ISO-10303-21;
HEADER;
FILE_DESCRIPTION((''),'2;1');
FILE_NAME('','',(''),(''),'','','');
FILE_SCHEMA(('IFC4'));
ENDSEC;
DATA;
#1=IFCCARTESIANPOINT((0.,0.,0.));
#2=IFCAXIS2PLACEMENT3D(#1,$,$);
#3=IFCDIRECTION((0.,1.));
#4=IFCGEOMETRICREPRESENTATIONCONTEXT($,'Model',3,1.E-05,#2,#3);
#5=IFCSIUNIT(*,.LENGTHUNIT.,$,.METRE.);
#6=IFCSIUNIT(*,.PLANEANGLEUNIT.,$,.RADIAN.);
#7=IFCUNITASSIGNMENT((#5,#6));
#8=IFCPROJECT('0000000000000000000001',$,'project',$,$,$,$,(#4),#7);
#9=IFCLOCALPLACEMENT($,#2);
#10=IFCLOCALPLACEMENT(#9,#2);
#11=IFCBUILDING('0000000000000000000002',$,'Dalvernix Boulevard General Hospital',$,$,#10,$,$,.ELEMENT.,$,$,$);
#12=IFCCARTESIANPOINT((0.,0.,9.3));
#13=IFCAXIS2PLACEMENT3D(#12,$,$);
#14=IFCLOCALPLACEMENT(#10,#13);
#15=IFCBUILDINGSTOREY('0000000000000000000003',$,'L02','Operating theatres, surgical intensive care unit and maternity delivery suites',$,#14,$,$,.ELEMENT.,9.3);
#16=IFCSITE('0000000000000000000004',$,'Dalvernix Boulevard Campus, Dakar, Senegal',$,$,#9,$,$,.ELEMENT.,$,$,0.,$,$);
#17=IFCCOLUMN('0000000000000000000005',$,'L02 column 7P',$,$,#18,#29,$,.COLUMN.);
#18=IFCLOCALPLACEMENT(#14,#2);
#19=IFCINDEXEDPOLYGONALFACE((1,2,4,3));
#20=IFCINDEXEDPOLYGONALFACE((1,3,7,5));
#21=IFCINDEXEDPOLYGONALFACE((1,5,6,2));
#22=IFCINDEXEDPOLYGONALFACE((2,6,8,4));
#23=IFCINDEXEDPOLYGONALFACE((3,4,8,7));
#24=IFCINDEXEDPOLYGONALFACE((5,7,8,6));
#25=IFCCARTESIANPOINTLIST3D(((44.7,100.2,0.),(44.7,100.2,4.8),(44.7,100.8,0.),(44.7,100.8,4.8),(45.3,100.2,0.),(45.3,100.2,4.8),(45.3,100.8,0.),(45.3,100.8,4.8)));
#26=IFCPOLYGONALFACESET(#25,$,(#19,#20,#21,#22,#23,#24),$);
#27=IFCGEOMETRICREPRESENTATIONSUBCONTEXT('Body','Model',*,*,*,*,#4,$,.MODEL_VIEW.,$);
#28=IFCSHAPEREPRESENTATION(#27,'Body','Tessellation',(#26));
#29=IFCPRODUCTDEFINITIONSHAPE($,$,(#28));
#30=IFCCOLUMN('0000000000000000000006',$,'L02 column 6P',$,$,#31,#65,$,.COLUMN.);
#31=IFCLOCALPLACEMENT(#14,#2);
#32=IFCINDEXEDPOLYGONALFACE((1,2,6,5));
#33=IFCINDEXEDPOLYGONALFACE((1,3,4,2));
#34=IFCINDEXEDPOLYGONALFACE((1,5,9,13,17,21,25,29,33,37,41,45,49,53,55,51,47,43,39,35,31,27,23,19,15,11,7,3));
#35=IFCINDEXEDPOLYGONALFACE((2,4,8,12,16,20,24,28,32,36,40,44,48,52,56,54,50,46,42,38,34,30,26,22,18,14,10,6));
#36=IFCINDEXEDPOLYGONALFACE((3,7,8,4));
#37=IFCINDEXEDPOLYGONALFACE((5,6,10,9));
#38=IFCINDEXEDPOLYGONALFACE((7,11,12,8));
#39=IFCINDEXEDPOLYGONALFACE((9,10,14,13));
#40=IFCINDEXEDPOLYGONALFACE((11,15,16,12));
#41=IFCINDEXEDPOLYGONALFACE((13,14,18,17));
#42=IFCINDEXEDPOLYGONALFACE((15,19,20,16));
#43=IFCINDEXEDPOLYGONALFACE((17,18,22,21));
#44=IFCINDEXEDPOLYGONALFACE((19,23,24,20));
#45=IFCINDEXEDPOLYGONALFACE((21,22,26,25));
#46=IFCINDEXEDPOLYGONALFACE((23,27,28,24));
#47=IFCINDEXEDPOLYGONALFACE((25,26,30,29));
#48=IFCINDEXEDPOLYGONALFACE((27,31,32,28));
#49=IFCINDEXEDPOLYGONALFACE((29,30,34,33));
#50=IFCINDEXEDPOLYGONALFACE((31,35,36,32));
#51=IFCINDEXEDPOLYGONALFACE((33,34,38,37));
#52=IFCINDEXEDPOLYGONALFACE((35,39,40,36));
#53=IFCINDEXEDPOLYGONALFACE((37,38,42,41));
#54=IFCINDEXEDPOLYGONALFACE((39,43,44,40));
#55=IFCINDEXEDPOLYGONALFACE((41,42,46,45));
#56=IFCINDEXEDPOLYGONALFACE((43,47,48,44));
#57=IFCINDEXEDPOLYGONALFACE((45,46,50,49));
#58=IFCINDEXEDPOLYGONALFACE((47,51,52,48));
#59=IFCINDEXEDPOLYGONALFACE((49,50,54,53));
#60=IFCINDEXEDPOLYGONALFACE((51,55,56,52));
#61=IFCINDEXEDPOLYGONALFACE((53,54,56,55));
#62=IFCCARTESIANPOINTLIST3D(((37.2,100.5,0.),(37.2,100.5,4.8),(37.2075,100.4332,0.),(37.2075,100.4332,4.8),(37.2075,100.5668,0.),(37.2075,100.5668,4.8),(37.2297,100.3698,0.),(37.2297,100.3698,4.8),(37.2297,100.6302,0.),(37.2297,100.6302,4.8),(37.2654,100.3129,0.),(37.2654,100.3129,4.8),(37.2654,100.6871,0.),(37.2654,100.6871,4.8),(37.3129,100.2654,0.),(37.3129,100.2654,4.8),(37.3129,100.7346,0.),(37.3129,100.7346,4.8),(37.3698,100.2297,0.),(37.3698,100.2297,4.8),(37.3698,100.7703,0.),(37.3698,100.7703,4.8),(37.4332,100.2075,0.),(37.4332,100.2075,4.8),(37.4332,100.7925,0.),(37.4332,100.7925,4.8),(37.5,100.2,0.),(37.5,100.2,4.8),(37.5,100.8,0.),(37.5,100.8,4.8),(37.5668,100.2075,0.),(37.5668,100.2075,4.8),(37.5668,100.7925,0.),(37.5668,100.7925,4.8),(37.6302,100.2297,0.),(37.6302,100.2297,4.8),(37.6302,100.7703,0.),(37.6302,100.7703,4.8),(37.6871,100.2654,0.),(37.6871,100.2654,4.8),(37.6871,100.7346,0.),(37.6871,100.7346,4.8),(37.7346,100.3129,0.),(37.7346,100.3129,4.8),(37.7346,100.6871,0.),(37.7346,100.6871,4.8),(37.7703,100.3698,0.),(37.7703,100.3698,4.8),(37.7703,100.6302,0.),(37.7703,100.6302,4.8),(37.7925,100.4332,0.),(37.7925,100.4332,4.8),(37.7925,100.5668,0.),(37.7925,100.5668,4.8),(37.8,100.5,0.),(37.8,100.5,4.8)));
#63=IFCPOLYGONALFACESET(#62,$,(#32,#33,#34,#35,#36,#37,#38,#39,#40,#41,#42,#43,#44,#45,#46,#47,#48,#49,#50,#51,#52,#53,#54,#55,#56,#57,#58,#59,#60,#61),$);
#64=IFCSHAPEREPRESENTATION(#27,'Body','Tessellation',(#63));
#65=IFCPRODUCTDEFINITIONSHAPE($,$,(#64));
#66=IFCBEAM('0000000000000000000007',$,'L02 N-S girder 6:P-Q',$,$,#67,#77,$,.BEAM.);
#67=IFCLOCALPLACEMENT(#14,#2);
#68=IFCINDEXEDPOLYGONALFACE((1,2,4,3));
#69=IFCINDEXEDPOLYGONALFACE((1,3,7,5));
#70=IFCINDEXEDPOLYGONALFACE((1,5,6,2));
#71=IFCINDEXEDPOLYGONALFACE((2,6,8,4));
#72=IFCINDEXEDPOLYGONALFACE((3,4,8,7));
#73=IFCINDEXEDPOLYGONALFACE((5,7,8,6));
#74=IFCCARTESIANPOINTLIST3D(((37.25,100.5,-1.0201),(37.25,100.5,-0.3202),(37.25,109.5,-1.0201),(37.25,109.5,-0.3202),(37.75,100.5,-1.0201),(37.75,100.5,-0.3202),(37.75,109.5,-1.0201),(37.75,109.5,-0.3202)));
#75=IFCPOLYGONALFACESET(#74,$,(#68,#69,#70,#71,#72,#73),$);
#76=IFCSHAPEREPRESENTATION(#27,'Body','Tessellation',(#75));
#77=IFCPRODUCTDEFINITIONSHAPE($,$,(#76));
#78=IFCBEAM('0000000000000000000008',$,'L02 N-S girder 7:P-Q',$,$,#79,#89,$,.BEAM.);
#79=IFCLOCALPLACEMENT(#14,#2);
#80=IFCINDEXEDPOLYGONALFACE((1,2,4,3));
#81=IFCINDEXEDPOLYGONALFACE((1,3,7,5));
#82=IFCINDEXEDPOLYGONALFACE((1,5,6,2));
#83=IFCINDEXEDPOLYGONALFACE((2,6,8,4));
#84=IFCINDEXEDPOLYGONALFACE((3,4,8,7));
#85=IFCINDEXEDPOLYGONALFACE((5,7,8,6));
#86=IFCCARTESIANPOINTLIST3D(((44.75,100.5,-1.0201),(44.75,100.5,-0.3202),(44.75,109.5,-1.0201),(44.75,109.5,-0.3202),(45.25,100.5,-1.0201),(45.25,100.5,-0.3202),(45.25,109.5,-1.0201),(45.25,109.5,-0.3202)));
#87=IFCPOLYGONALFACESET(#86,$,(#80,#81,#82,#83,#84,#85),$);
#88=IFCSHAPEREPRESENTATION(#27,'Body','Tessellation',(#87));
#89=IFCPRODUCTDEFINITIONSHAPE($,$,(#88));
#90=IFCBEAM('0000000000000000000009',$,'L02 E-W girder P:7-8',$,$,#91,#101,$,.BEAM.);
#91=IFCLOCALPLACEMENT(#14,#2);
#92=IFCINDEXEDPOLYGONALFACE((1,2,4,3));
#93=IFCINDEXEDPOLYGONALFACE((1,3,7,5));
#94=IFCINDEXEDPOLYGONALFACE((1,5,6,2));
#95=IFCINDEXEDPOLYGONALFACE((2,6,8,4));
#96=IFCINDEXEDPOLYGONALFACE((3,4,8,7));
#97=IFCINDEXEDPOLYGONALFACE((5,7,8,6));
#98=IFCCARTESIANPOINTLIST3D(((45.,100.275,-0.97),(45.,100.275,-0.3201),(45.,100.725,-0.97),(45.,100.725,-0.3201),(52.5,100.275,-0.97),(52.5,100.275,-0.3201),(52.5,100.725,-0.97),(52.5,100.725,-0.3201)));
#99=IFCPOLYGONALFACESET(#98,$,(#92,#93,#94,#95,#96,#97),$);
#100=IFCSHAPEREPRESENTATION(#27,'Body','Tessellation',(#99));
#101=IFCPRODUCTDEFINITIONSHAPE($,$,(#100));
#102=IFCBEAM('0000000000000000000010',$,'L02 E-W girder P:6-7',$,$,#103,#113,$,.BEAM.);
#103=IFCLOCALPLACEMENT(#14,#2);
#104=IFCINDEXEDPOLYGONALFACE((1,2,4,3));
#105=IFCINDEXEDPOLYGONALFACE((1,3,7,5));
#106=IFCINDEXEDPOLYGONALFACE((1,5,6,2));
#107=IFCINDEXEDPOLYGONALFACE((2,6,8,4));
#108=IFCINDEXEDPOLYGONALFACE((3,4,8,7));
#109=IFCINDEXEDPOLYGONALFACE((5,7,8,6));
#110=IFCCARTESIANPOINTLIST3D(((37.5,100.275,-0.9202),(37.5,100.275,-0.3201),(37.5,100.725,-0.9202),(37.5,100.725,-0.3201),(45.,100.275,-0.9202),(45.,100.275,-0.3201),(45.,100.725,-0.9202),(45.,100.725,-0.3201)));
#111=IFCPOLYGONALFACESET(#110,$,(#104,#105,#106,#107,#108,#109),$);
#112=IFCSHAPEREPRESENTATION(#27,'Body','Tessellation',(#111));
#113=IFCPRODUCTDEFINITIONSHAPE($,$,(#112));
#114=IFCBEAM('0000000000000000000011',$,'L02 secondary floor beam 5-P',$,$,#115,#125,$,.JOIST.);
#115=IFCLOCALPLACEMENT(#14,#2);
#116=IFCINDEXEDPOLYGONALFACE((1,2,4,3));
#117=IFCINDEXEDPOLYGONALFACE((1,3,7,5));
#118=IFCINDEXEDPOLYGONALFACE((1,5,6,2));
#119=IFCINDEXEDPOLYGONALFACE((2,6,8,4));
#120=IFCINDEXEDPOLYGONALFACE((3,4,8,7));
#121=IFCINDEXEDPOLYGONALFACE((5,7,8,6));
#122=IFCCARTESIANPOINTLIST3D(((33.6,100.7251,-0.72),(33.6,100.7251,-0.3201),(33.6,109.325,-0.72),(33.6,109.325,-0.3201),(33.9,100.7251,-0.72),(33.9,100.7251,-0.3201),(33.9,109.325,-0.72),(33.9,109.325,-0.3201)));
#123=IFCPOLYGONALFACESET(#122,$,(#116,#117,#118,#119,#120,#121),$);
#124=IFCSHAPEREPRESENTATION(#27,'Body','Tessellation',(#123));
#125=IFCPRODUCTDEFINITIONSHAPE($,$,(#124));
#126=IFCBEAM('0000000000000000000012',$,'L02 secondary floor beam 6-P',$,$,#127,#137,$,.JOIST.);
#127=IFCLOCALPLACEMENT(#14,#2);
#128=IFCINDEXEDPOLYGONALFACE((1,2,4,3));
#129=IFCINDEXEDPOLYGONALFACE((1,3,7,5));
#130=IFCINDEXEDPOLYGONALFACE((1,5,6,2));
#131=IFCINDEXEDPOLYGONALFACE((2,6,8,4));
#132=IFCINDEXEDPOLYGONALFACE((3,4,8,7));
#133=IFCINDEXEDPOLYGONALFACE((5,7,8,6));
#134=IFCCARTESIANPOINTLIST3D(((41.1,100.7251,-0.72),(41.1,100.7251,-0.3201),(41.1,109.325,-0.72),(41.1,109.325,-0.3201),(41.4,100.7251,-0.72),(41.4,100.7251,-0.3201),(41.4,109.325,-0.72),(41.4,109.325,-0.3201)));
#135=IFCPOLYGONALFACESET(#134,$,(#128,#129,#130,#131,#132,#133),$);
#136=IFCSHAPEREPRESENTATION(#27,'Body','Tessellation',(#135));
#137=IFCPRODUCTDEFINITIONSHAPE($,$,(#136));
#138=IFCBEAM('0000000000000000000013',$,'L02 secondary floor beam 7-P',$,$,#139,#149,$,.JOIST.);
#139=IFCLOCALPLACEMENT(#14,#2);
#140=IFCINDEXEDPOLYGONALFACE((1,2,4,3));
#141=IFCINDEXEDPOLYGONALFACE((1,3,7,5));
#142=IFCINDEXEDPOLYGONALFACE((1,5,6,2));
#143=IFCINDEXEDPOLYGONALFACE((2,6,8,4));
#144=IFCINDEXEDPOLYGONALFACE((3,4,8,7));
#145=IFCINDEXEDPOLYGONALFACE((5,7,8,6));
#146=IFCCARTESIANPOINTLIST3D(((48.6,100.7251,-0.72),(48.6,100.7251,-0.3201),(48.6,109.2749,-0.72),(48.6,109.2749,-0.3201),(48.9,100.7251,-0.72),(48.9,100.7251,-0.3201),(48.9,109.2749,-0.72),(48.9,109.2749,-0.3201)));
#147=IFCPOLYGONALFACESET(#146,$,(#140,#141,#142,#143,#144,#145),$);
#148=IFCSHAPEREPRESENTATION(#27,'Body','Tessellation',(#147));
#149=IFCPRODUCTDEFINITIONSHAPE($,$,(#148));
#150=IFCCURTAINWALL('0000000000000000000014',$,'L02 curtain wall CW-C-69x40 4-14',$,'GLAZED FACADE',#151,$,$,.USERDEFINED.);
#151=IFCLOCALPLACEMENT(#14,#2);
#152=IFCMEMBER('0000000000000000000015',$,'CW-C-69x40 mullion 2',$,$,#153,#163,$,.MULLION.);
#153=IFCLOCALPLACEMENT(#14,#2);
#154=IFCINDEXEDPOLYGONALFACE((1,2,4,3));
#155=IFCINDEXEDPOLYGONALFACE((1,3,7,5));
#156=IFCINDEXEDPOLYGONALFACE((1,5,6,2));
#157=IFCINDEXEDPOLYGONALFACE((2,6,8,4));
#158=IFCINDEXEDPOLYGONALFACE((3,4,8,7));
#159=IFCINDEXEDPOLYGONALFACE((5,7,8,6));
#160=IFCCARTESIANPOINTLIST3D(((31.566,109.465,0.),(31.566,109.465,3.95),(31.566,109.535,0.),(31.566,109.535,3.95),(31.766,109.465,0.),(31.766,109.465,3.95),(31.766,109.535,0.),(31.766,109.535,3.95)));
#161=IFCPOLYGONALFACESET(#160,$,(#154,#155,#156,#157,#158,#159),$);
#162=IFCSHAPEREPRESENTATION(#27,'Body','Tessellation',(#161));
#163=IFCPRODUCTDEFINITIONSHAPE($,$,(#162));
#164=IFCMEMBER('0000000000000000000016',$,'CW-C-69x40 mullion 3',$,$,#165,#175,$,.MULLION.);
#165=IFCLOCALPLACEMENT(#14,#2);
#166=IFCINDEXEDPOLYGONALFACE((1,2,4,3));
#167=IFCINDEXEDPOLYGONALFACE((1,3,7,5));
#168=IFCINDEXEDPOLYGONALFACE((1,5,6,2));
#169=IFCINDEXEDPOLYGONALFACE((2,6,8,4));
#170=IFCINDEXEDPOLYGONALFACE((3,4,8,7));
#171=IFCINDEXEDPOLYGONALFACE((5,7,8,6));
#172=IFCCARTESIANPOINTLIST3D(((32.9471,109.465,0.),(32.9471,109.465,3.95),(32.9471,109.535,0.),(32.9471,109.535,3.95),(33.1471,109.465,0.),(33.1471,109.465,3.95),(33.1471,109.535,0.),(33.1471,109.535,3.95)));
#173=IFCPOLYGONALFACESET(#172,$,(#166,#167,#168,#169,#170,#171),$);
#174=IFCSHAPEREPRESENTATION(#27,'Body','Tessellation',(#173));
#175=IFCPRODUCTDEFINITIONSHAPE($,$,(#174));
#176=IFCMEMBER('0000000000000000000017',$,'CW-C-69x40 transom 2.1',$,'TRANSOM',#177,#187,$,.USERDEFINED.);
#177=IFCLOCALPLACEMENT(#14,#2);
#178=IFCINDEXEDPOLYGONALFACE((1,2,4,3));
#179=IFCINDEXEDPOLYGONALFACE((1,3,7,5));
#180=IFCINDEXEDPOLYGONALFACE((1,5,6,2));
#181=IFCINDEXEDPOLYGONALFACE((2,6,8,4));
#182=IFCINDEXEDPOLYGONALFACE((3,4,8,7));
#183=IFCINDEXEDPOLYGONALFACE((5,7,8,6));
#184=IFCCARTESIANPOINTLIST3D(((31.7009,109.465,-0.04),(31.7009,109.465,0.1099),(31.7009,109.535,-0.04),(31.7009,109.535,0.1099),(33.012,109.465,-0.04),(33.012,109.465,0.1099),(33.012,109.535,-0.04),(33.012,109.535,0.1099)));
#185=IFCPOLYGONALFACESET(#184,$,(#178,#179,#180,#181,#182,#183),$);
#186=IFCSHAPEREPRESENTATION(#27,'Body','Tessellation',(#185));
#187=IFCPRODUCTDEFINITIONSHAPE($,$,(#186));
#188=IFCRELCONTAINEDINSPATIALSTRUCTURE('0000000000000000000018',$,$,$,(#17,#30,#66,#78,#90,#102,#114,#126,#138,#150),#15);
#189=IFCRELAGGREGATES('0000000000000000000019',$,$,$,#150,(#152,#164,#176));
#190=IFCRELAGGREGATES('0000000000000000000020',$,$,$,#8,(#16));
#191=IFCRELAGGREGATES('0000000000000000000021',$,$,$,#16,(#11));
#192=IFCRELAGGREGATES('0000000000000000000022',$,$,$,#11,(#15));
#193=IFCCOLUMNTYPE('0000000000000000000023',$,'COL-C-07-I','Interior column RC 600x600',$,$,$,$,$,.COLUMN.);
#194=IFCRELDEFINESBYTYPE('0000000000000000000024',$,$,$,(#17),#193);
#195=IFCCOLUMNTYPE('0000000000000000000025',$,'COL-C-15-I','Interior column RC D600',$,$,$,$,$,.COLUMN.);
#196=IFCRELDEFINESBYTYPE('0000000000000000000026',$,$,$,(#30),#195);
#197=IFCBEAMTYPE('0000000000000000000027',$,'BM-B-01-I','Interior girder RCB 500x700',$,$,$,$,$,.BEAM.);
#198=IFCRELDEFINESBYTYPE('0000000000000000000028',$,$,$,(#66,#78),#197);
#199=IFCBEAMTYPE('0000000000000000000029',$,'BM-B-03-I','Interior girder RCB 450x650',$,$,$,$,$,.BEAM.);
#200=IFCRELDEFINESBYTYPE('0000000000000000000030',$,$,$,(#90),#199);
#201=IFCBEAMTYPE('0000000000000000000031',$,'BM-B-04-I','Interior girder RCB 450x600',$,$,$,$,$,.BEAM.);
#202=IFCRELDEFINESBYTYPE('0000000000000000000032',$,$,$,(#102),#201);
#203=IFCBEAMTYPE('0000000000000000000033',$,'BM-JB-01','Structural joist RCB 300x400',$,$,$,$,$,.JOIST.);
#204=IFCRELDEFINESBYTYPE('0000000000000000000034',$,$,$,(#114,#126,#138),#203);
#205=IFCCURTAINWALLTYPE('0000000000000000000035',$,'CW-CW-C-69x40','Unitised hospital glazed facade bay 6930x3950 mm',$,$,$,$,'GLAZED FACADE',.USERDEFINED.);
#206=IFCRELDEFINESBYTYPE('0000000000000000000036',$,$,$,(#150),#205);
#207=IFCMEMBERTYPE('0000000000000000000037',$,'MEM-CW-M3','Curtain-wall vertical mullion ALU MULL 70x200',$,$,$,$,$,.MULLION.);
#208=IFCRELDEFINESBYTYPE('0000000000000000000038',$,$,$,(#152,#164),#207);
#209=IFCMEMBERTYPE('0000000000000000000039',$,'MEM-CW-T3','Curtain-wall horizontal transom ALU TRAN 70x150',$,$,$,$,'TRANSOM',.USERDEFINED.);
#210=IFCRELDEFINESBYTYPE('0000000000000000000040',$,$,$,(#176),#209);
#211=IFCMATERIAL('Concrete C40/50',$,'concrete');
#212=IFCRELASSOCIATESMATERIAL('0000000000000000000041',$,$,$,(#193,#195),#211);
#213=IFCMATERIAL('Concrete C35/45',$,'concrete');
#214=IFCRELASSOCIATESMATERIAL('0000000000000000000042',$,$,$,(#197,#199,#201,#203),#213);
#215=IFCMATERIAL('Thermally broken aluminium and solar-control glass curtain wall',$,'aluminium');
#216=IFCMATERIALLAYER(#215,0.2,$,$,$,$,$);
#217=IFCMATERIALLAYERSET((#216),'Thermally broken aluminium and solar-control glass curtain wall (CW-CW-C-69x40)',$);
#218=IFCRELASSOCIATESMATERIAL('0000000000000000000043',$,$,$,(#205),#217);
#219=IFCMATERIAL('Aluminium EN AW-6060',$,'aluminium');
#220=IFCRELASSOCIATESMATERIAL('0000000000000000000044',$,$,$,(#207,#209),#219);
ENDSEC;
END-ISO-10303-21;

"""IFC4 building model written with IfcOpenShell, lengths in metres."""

from ifc_helpers import new_model, si_unit, direction, frame, origin, origin_2d, place, context, subcontext, project, spatial, rectangle, circle, extrude, material, layer, layer_set, material_profile, profile_set, type_object, element, aggregate, save


model = new_model("IFC4")

# Units and contexts
model_context = context("Model", 3, precision=1e-05, world=origin(), true_north=direction((0.0, 1.0)))
body_context = subcontext(model_context, "Body", "Model", "MODEL_VIEW")
ifc_project = project(units=[si_unit("LENGTHUNIT", "METRE"), si_unit("PLANEANGLEUNIT", "RADIAN")], contexts=[model_context])

# Site, building, storey
site_placement = place(None, origin())
site = spatial("IfcSite", under=ifc_project, at=site_placement, Name="Dalvernix Boulevard Campus, Dakar, Senegal", CompositionType="ELEMENT", RefElevation=0.0)
building_placement = place(site_placement, origin())
building = spatial("IfcBuilding", under=site, at=building_placement, Name="Dalvernix Boulevard General Hospital", CompositionType="ELEMENT")
storey_placement = place(building_placement, frame((0.0, 0.0, 9.3)))
storey = spatial("IfcBuildingStorey", under=building, at=storey_placement, Name="L02", Description="Operating theatres, surgical intensive care unit and maternity delivery suites", CompositionType="ELEMENT", Elevation=9.3)

# Columns
ifc_material_1 = material(Name="Concrete C40/50", Category="concrete")
ifc_material_profile_1 = material_profile(ifc_material_1, rectangle(XDim=0.6001, YDim=0.6001, at=origin_2d()), Name="RC 600x600")
ifc_profile_set_1 = profile_set([ifc_material_profile_1], Name="Concrete C40/50")
column_type_1 = type_object("IfcColumnType", Name="COL-C-07-I", Description="Interior column RC 600x600", PredefinedType="COLUMN", material=ifc_profile_set_1)
column_1_placement = place(storey_placement, frame((45.0, 100.5, 0.0), z_axis=(0.0, 0.0, 1.0), x_axis=(1.0, 0.0, 0.0)))
element("IfcColumn", 1, at=column_1_placement, inside=storey, type_object=column_type_1, Name="L02 column 7P", PredefinedType="COLUMN", context=body_context, shape_type="SweptSolid", body=[
    extrude(rectangle(XDim=0.6001, YDim=0.6001, at=origin_2d()), origin(), (0.0, 0.0, 1.0), 4.8),
])
ifc_material_profile_2 = material_profile(ifc_material_1, circle(Radius=0.3, at=origin_2d()), Name="RC D600")
ifc_profile_set_2 = profile_set([ifc_material_profile_2], Name="Concrete C40/50")
column_type_2 = type_object("IfcColumnType", Name="COL-C-15-I", Description="Interior column RC D600", PredefinedType="COLUMN", material=ifc_profile_set_2)
column_2_placement = place(storey_placement, frame((37.5, 100.5, 0.0), z_axis=(0.0, 0.0, 1.0), x_axis=(1.0, 0.0, 0.0)))
element("IfcColumn", 2, at=column_2_placement, inside=storey, type_object=column_type_2, Name="L02 column 6P", PredefinedType="COLUMN", context=body_context, shape_type="SweptSolid", body=[
    extrude(circle(Radius=0.3, at=origin_2d()), origin(), (0.0, 0.0, 1.0), 4.8),
])

# Beams
ifc_material_2 = material(Name="Concrete C35/45", Category="concrete")
ifc_material_profile_3 = material_profile(ifc_material_2, rectangle(XDim=0.5, YDim=0.7, at=origin_2d()), Name="RCB 500x700")
ifc_profile_set_3 = profile_set([ifc_material_profile_3], Name="Concrete C35/45")
beam_type_1 = type_object("IfcBeamType", Name="BM-B-01-I", Description="Interior girder RCB 500x700", PredefinedType="BEAM", material=ifc_profile_set_3)
for number, where, z_axis, x_axis, name in (
    (3, (37.5, 100.5, -0.6702), (0.0, 1.0, 0.0), (-1.0, 0.0, 0.0), "L02 N-S girder 6:P-Q"),
    (4, (45.0, 100.5, -0.6702), (0.0, 1.0, 0.0), (-1.0, 0.0, 0.0), "L02 N-S girder 7:P-Q"),
):
    element("IfcBeam", number, at=place(storey_placement, frame(where, z_axis=z_axis, x_axis=x_axis)), inside=storey, type_object=beam_type_1, Name=name, PredefinedType="BEAM", context=body_context, shape_type="SweptSolid", body=[
        extrude(rectangle(XDim=0.5, YDim=0.7, at=origin_2d()), origin(), (0.0, 0.0, 1.0), 9.0),
    ])
ifc_material_profile_4 = material_profile(ifc_material_2, rectangle(XDim=0.45, YDim=0.6499, at=origin_2d()), Name="RCB 450x650")
ifc_profile_set_4 = profile_set([ifc_material_profile_4], Name="Concrete C35/45")
beam_type_2 = type_object("IfcBeamType", Name="BM-B-03-I", Description="Interior girder RCB 450x650", PredefinedType="BEAM", material=ifc_profile_set_4)
beam_1_placement = place(storey_placement, frame((45.0, 100.5, -0.645), z_axis=(1.0, 0.0, 0.0), x_axis=(0.0, 1.0, 0.0)))
element("IfcBeam", 5, at=beam_1_placement, inside=storey, type_object=beam_type_2, Name="L02 E-W girder P:7-8", PredefinedType="BEAM", context=body_context, shape_type="SweptSolid", body=[
    extrude(rectangle(XDim=0.45, YDim=0.6499, at=origin_2d()), origin(), (0.0, 0.0, 1.0), 7.5),
])
ifc_material_profile_5 = material_profile(ifc_material_2, rectangle(XDim=0.45, YDim=0.6001, at=origin_2d()), Name="RCB 450x600")
ifc_profile_set_5 = profile_set([ifc_material_profile_5], Name="Concrete C35/45")
beam_type_3 = type_object("IfcBeamType", Name="BM-B-04-I", Description="Interior girder RCB 450x600", PredefinedType="BEAM", material=ifc_profile_set_5)
beam_2_placement = place(storey_placement, frame((37.5, 100.5, -0.6201), z_axis=(1.0, 0.0, 0.0), x_axis=(0.0, 1.0, 0.0)))
element("IfcBeam", 6, at=beam_2_placement, inside=storey, type_object=beam_type_3, Name="L02 E-W girder P:6-7", PredefinedType="BEAM", context=body_context, shape_type="SweptSolid", body=[
    extrude(rectangle(XDim=0.45, YDim=0.6001, at=origin_2d()), origin(), (0.0, 0.0, 1.0), 7.5),
])
ifc_material_profile_6 = material_profile(ifc_material_2, rectangle(XDim=0.3, YDim=0.3999, at=origin_2d()), Name="RCB 300x400")
ifc_profile_set_6 = profile_set([ifc_material_profile_6], Name="Concrete C35/45")
beam_type_4 = type_object("IfcBeamType", Name="BM-JB-01", Description="Structural joist RCB 300x400", PredefinedType="JOIST", material=ifc_profile_set_6)
for number, where, z_axis, x_axis, name in (
    (7, (33.75, 100.7251, -0.52), (0.0, 1.0, 0.0), (-1.0, 0.0, 0.0), "L02 secondary floor beam 5-P"),
    (8, (41.25, 100.7251, -0.52), (0.0, 1.0, 0.0), (-1.0, 0.0, 0.0), "L02 secondary floor beam 6-P"),
):
    element("IfcBeam", number, at=place(storey_placement, frame(where, z_axis=z_axis, x_axis=x_axis)), inside=storey, type_object=beam_type_4, Name=name, PredefinedType="JOIST", context=body_context, shape_type="SweptSolid", body=[
        extrude(rectangle(XDim=0.3, YDim=0.3999, at=origin_2d()), origin(), (0.0, 0.0, 1.0), 8.5999),
    ])
beam_3_placement = place(storey_placement, frame((48.75, 100.7251, -0.52), z_axis=(0.0, 1.0, 0.0), x_axis=(-1.0, 0.0, 0.0)))
element("IfcBeam", 9, at=beam_3_placement, inside=storey, type_object=beam_type_4, Name="L02 secondary floor beam 7-P", PredefinedType="JOIST", context=body_context, shape_type="SweptSolid", body=[
    extrude(rectangle(XDim=0.3, YDim=0.3999, at=origin_2d()), origin(), (0.0, 0.0, 1.0), 8.5498),
])

# Curtain wall, members
ifc_material_3 = material(Name="Thermally broken aluminium and solar-control glass curtain wall", Category="aluminium")
ifc_layer_1 = layer(ifc_material_3, 0.2)
ifc_layer_set_1 = layer_set([ifc_layer_1], Name="Thermally broken aluminium and solar-control glass curtain wall (CW-CW-C-69x40)")
curtain_wall_type = type_object("IfcCurtainWallType", Name="CW-CW-C-69x40", Description="Unitised hospital glazed facade bay 6930x3950 mm", ElementType="GLAZED FACADE", PredefinedType="USERDEFINED", material=ifc_layer_set_1)
curtain_wall_placement = place(storey_placement, origin())
curtain_wall = element("IfcCurtainWall", 10, at=curtain_wall_placement, inside=storey, type_object=curtain_wall_type, Name="L02 curtain wall CW-C-69x40 4-14", ObjectType="GLAZED FACADE", PredefinedType="USERDEFINED")
ifc_material_4 = material(Name="Aluminium EN AW-6060", Category="aluminium")
ifc_material_profile_7 = material_profile(ifc_material_4, rectangle(XDim=0.0701, YDim=0.2, at=origin_2d()), Name="ALU MULL 70x200")
ifc_profile_set_7 = profile_set([ifc_material_profile_7], Name="Aluminium EN AW-6060")
member_type_1 = type_object("IfcMemberType", Name="MEM-CW-M3", Description="Curtain-wall vertical mullion ALU MULL 70x200", PredefinedType="MULLION", material=ifc_profile_set_7)
member_1_placement = place(storey_placement, frame((31.666, 109.5, 0.0), z_axis=(0.0, 0.0, 1.0), x_axis=(0.0, 1.0, 0.0)))
member_1 = element("IfcMember", 11, at=member_1_placement, type_object=member_type_1, Name="CW-C-69x40 mullion 2", PredefinedType="MULLION", context=body_context, shape_type="SweptSolid", body=[
    extrude(rectangle(XDim=0.0701, YDim=0.2, at=origin_2d()), origin(), (0.0, 0.0, 1.0), 3.95),
])
member_2_placement = place(storey_placement, frame((33.0471, 109.5, 0.0), z_axis=(0.0, 0.0, 1.0), x_axis=(0.0, 1.0, 0.0)))
member_2 = element("IfcMember", 12, at=member_2_placement, type_object=member_type_1, Name="CW-C-69x40 mullion 3", PredefinedType="MULLION", context=body_context, shape_type="SweptSolid", body=[
    extrude(rectangle(XDim=0.0701, YDim=0.2, at=origin_2d()), origin(), (0.0, 0.0, 1.0), 3.95),
])
ifc_material_profile_8 = material_profile(ifc_material_4, rectangle(XDim=0.0701, YDim=0.1499, at=origin_2d()), Name="ALU TRAN 70x150")
ifc_profile_set_8 = profile_set([ifc_material_profile_8], Name="Aluminium EN AW-6060")
member_type_2 = type_object("IfcMemberType", Name="MEM-CW-T3", Description="Curtain-wall horizontal transom ALU TRAN 70x150", ElementType="TRANSOM", PredefinedType="USERDEFINED", material=ifc_profile_set_8)
member_3_placement = place(storey_placement, frame((31.7009, 109.5, 0.0349), z_axis=(1.0, 0.0, 0.0), x_axis=(0.0, 1.0, 0.0)))
member_3 = element("IfcMember", 13, at=member_3_placement, type_object=member_type_2, Name="CW-C-69x40 transom 2.1", ObjectType="TRANSOM", PredefinedType="USERDEFINED", context=body_context, shape_type="SweptSolid", body=[
    extrude(rectangle(XDim=0.0701, YDim=0.1499, at=origin_2d()), origin(), (0.0, 0.0, 1.0), 1.311),
])
aggregate(curtain_wall, [member_1, member_2, member_3])

save(model, "model.ifc")
